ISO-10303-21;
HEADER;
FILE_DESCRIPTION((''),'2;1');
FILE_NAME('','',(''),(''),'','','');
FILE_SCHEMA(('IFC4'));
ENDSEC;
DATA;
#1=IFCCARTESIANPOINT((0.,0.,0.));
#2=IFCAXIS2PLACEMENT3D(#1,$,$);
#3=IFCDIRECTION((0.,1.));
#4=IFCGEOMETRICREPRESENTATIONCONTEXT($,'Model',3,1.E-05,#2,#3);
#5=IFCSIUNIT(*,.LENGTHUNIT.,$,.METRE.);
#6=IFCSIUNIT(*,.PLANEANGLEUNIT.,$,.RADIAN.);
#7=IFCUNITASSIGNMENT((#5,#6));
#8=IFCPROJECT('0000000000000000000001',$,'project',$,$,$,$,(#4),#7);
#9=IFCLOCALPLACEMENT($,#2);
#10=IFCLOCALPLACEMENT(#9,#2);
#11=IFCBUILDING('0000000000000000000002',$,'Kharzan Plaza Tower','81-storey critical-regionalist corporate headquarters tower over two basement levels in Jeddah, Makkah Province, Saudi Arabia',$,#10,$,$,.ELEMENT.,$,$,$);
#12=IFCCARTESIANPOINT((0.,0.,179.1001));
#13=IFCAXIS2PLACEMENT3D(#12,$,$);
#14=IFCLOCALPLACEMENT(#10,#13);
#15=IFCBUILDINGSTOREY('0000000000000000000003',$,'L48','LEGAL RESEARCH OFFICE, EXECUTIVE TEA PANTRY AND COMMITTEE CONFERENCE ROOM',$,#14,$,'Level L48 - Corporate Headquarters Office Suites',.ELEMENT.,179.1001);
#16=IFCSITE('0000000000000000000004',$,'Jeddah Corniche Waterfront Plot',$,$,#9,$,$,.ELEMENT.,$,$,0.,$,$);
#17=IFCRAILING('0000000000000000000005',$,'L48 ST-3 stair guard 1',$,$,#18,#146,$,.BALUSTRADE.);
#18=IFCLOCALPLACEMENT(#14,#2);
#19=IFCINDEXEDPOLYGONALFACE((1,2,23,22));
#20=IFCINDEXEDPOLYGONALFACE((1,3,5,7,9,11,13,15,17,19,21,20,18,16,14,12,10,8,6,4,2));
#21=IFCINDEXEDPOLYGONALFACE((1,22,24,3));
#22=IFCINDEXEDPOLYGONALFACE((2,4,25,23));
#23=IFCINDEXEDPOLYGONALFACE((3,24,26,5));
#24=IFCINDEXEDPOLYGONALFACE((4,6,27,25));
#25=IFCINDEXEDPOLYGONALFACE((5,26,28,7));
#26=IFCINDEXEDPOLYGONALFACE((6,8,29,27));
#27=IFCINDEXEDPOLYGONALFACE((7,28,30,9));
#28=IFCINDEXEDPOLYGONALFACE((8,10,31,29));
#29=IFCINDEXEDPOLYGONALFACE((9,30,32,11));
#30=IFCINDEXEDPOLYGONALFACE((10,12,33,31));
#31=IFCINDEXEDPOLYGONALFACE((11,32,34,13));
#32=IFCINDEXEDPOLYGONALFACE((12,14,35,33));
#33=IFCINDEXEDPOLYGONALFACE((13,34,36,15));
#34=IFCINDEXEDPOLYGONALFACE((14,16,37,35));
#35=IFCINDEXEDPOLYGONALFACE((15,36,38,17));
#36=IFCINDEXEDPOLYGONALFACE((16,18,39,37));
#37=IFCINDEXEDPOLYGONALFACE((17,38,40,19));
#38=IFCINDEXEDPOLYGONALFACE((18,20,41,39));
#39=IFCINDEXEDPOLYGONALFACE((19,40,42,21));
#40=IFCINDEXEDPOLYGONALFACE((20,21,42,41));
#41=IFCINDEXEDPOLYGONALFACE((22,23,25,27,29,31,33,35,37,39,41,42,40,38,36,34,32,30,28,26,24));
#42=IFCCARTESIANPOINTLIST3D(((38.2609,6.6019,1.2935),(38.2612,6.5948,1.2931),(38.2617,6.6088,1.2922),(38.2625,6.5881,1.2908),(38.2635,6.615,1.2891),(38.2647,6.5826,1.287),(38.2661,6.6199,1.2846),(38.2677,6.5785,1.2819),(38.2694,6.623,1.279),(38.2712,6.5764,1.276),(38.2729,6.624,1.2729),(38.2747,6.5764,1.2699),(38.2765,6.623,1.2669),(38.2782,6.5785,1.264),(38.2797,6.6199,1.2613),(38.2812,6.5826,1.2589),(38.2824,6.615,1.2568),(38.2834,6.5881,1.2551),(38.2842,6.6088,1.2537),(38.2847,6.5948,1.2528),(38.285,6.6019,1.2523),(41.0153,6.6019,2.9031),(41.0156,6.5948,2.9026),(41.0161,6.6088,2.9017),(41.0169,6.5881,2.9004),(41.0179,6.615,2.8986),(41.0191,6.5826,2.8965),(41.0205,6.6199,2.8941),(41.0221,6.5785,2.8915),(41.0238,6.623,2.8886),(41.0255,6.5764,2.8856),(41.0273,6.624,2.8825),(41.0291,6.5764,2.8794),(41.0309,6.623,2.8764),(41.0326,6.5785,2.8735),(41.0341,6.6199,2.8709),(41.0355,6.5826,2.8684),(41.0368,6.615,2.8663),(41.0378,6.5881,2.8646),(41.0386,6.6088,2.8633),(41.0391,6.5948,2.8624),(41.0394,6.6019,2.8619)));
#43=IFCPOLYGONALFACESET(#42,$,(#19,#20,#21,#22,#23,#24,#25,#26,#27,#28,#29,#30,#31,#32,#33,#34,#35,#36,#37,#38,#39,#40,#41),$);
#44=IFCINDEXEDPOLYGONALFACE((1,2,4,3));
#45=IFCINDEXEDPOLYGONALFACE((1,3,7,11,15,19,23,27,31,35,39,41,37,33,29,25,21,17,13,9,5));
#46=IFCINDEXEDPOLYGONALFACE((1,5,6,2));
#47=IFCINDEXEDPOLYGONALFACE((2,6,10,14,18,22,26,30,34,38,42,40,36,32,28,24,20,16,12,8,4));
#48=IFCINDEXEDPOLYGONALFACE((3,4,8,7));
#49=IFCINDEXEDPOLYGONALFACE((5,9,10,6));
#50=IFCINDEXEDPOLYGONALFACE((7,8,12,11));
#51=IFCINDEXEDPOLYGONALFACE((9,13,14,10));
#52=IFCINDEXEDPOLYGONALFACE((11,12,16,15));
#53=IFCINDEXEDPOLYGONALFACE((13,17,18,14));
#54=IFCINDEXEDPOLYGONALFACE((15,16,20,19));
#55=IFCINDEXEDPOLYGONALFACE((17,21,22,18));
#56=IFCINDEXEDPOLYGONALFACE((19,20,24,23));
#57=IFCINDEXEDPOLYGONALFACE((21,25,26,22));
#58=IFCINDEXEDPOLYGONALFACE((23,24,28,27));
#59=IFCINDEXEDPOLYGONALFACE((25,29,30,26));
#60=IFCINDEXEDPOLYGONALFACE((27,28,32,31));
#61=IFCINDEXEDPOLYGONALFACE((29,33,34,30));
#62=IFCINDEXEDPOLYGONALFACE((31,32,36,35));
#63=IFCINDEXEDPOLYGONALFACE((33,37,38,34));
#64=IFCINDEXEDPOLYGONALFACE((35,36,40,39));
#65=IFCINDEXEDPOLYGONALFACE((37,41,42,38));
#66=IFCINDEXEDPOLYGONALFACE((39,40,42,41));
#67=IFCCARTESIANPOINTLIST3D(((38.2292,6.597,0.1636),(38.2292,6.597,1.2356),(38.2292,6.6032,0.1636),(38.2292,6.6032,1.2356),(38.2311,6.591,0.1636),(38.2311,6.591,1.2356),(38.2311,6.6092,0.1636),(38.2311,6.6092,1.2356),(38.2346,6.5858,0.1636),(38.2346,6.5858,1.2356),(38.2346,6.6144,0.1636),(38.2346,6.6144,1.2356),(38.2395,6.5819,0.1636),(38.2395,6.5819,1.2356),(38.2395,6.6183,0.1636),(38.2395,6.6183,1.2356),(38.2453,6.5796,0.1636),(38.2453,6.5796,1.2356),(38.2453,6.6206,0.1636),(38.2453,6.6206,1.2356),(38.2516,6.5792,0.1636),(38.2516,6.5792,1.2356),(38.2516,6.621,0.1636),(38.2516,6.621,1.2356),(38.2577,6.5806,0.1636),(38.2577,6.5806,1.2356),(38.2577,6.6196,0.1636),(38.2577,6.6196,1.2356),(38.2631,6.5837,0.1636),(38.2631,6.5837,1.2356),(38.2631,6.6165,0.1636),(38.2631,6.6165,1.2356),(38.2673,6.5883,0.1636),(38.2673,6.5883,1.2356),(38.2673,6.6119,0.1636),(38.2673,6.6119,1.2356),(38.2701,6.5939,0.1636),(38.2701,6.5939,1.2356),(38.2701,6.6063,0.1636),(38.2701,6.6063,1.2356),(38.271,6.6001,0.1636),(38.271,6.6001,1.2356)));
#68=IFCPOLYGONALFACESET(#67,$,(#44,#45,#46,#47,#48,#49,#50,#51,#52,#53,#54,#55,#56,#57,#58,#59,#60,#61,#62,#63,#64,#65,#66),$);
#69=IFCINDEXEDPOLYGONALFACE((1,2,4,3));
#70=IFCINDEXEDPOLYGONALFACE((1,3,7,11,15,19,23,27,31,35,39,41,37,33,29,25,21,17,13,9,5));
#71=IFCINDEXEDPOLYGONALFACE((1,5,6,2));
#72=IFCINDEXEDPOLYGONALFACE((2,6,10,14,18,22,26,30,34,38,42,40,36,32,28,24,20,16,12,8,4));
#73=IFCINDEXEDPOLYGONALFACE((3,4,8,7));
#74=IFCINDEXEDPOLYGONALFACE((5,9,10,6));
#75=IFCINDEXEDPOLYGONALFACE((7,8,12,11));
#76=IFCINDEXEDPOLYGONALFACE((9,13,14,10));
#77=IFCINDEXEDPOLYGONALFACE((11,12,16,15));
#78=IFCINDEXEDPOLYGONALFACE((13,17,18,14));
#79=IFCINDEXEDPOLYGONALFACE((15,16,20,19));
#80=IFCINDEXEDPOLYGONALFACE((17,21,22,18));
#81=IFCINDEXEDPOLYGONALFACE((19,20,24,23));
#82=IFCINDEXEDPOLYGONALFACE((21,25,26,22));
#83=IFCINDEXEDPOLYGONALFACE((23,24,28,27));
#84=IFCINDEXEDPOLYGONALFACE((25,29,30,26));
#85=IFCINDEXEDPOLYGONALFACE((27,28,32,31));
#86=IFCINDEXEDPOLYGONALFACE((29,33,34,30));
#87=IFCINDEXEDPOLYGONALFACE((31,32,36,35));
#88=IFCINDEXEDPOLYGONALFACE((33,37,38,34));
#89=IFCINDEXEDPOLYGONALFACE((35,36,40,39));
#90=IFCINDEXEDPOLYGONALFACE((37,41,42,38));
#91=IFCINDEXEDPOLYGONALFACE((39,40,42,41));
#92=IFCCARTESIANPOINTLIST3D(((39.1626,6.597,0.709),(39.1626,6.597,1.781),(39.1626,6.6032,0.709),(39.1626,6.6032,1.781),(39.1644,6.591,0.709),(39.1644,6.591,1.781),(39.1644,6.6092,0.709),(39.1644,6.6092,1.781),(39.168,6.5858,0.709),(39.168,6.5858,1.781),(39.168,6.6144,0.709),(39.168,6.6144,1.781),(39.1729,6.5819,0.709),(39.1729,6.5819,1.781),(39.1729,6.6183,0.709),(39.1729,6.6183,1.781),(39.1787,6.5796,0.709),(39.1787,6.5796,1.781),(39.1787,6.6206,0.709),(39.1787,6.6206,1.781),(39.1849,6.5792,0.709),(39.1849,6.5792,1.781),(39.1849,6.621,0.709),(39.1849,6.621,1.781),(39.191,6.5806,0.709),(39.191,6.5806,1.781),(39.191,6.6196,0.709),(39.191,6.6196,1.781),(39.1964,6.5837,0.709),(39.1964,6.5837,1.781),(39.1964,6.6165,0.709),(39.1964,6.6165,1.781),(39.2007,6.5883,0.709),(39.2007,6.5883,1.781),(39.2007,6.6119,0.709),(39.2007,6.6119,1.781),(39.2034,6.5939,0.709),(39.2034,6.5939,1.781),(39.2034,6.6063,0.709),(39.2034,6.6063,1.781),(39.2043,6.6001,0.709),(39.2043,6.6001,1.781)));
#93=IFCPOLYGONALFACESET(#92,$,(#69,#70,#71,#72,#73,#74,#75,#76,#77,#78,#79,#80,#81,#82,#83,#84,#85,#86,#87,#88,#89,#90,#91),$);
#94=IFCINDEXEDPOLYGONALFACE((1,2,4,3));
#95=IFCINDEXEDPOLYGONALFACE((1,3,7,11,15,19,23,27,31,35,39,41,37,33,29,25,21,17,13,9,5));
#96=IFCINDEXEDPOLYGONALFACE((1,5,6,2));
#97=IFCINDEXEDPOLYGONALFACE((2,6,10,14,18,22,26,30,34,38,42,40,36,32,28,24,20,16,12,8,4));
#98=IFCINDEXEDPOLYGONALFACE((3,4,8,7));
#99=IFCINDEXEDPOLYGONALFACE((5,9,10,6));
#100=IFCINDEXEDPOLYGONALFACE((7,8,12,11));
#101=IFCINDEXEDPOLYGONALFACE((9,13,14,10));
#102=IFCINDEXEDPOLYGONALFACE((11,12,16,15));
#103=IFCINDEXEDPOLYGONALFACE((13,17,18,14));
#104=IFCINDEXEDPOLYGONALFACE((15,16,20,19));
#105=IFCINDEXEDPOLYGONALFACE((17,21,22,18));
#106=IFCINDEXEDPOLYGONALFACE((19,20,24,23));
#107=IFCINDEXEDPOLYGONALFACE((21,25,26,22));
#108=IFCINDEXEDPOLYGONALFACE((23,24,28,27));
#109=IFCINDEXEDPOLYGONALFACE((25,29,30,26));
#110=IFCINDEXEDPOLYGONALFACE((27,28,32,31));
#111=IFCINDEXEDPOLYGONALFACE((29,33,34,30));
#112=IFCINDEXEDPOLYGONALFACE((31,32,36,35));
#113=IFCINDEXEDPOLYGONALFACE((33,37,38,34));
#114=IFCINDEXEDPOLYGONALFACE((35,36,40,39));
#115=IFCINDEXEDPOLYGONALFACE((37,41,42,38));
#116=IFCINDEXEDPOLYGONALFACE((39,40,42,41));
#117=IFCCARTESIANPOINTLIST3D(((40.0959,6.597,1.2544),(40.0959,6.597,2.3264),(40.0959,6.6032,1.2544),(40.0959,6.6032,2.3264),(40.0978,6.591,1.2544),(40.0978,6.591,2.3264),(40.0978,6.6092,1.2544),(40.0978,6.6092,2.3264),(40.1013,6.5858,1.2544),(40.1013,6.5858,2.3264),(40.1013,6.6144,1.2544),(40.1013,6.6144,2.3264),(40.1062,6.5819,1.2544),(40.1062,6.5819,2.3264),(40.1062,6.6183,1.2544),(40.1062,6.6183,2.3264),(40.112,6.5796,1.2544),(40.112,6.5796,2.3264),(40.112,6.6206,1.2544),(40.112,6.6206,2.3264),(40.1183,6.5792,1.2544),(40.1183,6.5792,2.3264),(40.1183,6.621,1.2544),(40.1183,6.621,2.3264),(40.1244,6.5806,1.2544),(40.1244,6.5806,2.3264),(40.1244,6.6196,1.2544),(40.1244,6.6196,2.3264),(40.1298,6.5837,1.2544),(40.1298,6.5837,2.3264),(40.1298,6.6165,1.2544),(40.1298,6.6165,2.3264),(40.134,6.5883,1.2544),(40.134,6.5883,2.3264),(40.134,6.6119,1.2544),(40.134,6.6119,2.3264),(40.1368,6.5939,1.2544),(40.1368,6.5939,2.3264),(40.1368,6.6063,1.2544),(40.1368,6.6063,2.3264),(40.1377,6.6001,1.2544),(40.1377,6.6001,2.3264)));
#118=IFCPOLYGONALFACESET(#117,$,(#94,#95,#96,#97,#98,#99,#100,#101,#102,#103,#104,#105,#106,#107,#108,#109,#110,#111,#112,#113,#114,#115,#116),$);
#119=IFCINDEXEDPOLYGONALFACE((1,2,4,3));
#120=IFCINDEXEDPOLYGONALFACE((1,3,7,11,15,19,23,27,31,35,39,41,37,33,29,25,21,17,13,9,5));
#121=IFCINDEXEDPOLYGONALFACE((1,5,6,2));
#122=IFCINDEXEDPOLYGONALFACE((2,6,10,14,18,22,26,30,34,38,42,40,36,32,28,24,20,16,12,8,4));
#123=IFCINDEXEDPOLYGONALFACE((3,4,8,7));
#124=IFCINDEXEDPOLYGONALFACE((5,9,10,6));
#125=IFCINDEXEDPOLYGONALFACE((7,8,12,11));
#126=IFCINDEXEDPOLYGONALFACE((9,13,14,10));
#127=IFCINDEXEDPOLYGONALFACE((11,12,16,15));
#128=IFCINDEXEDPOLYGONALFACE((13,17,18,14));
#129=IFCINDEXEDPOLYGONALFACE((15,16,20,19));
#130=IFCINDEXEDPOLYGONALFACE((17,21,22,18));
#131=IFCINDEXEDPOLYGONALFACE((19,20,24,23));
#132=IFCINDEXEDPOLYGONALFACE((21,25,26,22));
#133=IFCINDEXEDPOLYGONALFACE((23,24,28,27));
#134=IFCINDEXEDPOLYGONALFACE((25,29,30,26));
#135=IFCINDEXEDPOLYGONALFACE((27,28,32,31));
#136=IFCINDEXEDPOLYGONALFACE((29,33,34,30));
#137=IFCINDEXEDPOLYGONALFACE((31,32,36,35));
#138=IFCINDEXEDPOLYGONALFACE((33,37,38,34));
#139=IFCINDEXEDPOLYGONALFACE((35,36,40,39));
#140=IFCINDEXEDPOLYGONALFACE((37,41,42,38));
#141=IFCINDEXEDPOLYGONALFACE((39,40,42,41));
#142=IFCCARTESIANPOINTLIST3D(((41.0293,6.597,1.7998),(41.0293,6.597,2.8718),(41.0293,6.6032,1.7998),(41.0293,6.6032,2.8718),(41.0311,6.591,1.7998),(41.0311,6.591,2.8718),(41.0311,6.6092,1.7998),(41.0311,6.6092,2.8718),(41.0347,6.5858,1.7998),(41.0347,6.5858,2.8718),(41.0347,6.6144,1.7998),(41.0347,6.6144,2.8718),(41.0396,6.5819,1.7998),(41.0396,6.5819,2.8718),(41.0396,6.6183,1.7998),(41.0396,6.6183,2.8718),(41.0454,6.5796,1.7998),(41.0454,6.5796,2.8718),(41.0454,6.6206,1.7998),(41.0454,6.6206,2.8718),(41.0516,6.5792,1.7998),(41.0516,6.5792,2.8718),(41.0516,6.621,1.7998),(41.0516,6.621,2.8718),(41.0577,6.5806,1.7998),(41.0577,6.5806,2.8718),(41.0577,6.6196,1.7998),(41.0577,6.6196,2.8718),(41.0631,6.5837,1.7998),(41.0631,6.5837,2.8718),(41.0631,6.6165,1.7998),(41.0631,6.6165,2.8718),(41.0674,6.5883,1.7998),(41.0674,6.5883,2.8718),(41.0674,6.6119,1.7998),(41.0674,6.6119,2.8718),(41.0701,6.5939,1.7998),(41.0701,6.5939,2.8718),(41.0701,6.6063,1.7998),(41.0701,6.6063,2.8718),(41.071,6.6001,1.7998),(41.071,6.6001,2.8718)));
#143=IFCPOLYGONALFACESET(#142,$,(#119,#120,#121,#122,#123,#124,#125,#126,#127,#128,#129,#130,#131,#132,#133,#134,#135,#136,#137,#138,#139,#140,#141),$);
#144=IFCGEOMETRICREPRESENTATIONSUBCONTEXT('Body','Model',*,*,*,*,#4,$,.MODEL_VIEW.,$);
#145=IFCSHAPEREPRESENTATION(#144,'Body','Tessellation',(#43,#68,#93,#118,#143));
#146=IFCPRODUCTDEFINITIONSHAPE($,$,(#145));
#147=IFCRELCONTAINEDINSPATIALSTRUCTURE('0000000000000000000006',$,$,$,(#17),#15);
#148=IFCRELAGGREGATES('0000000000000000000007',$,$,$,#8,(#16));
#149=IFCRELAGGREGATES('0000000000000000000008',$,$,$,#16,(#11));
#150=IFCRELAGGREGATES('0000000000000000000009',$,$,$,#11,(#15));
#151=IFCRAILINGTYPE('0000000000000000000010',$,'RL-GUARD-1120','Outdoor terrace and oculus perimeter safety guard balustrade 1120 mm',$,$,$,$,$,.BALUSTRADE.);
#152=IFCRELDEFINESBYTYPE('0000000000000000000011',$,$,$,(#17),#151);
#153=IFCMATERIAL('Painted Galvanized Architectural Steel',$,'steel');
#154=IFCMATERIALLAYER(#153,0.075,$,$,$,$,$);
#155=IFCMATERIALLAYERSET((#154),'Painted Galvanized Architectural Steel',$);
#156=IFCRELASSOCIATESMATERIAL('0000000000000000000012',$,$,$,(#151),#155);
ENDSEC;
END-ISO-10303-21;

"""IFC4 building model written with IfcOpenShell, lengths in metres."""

from ifc_helpers import new_model, si_unit, direction, frame, origin, origin_2d, place, context, subcontext, project, spatial, circle, extrude, source, transform, mapped, material, layer, layer_set, type_object, element, save


model = new_model("IFC4")

# Units and contexts
model_context = context("Model", 3, precision=1e-05, world=origin(), true_north=direction((0.0, 1.0)))
body_context = subcontext(model_context, "Body", "Model", "MODEL_VIEW")
ifc_project = project(units=[si_unit("LENGTHUNIT", "METRE"), si_unit("PLANEANGLEUNIT", "RADIAN")], contexts=[model_context])

# Site, building, storey
site_placement = place(None, origin())
site = spatial("IfcSite", under=ifc_project, at=site_placement, Name="Jeddah Corniche Waterfront Plot", CompositionType="ELEMENT", RefElevation=0.0)
building_placement = place(site_placement, origin())
building = spatial("IfcBuilding", under=site, at=building_placement, Name="Kharzan Plaza Tower", Description="81-storey critical-regionalist corporate headquarters tower over two basement levels in Jeddah, Makkah Province, Saudi Arabia", CompositionType="ELEMENT")
storey_placement = place(building_placement, frame((0.0, 0.0, 179.1001)))
storey = spatial("IfcBuildingStorey", under=building, at=storey_placement, Name="L48", Description="LEGAL RESEARCH OFFICE, EXECUTIVE TEA PANTRY AND COMMITTEE CONFERENCE ROOM", LongName="Level L48 - Corporate Headquarters Office Suites", CompositionType="ELEMENT", Elevation=179.1001)

# Railing
ifc_material_1 = material(Name="Painted Galvanized Architectural Steel", Category="steel")
ifc_layer_1 = layer(ifc_material_1, 0.075)
ifc_layer_set_1 = layer_set([ifc_layer_1], Name="Painted Galvanized Architectural Steel")
railing_type_1 = type_object("IfcRailingType", Name="RL-GUARD-1120", Description="Outdoor terrace and oculus perimeter safety guard balustrade 1120 mm", PredefinedType="BALUSTRADE", material=ifc_layer_set_1)
shared_shape_1 = source(origin(), body_context, "Body", "SweptSolid", [
    extrude(circle(Radius=0.0239, at=origin_2d()), frame((0.0229, 0.0, 1.1094), z_axis=(0.863394, 0.0, 0.504531), x_axis=(0.0, 1.0, 0.0)), (0.0, 0.0, 1.0), 3.1902),
    extrude(circle(Radius=0.021, at=origin_2d()), origin(), (0.0, 0.0, 1.0), 1.072),
    extrude(circle(Radius=0.021, at=origin_2d()), frame((0.9333, 0.0, 0.5454)), (0.0, 0.0, 1.0), 1.072),
    extrude(circle(Radius=0.021, at=origin_2d()), frame((1.8667, 0.0, 1.0908)), (0.0, 0.0, 1.0), 1.072),
    extrude(circle(Radius=0.021, at=origin_2d()), frame((2.8, 0.0, 1.6362)), (0.0, 0.0, 1.0), 1.072),
])
railing_1_placement = place(storey_placement, frame((38.25, 6.6001, 0.1636)))
element("IfcRailing", 1, at=railing_1_placement, inside=storey, type_object=railing_type_1, Name="L48 ST-3 stair guard 1", PredefinedType="BALUSTRADE", context=body_context, shape_type="MappedRepresentation", body=[
    mapped(shared_shape_1, transform((0.0, 0.0, 0.0), x_axis=(1.0, 0.0, 0.0), y_axis=(0.0, 1.0, 0.0), z_axis=(0.0, 0.0, 1.0))),
])

save(model, "model.ifc")
